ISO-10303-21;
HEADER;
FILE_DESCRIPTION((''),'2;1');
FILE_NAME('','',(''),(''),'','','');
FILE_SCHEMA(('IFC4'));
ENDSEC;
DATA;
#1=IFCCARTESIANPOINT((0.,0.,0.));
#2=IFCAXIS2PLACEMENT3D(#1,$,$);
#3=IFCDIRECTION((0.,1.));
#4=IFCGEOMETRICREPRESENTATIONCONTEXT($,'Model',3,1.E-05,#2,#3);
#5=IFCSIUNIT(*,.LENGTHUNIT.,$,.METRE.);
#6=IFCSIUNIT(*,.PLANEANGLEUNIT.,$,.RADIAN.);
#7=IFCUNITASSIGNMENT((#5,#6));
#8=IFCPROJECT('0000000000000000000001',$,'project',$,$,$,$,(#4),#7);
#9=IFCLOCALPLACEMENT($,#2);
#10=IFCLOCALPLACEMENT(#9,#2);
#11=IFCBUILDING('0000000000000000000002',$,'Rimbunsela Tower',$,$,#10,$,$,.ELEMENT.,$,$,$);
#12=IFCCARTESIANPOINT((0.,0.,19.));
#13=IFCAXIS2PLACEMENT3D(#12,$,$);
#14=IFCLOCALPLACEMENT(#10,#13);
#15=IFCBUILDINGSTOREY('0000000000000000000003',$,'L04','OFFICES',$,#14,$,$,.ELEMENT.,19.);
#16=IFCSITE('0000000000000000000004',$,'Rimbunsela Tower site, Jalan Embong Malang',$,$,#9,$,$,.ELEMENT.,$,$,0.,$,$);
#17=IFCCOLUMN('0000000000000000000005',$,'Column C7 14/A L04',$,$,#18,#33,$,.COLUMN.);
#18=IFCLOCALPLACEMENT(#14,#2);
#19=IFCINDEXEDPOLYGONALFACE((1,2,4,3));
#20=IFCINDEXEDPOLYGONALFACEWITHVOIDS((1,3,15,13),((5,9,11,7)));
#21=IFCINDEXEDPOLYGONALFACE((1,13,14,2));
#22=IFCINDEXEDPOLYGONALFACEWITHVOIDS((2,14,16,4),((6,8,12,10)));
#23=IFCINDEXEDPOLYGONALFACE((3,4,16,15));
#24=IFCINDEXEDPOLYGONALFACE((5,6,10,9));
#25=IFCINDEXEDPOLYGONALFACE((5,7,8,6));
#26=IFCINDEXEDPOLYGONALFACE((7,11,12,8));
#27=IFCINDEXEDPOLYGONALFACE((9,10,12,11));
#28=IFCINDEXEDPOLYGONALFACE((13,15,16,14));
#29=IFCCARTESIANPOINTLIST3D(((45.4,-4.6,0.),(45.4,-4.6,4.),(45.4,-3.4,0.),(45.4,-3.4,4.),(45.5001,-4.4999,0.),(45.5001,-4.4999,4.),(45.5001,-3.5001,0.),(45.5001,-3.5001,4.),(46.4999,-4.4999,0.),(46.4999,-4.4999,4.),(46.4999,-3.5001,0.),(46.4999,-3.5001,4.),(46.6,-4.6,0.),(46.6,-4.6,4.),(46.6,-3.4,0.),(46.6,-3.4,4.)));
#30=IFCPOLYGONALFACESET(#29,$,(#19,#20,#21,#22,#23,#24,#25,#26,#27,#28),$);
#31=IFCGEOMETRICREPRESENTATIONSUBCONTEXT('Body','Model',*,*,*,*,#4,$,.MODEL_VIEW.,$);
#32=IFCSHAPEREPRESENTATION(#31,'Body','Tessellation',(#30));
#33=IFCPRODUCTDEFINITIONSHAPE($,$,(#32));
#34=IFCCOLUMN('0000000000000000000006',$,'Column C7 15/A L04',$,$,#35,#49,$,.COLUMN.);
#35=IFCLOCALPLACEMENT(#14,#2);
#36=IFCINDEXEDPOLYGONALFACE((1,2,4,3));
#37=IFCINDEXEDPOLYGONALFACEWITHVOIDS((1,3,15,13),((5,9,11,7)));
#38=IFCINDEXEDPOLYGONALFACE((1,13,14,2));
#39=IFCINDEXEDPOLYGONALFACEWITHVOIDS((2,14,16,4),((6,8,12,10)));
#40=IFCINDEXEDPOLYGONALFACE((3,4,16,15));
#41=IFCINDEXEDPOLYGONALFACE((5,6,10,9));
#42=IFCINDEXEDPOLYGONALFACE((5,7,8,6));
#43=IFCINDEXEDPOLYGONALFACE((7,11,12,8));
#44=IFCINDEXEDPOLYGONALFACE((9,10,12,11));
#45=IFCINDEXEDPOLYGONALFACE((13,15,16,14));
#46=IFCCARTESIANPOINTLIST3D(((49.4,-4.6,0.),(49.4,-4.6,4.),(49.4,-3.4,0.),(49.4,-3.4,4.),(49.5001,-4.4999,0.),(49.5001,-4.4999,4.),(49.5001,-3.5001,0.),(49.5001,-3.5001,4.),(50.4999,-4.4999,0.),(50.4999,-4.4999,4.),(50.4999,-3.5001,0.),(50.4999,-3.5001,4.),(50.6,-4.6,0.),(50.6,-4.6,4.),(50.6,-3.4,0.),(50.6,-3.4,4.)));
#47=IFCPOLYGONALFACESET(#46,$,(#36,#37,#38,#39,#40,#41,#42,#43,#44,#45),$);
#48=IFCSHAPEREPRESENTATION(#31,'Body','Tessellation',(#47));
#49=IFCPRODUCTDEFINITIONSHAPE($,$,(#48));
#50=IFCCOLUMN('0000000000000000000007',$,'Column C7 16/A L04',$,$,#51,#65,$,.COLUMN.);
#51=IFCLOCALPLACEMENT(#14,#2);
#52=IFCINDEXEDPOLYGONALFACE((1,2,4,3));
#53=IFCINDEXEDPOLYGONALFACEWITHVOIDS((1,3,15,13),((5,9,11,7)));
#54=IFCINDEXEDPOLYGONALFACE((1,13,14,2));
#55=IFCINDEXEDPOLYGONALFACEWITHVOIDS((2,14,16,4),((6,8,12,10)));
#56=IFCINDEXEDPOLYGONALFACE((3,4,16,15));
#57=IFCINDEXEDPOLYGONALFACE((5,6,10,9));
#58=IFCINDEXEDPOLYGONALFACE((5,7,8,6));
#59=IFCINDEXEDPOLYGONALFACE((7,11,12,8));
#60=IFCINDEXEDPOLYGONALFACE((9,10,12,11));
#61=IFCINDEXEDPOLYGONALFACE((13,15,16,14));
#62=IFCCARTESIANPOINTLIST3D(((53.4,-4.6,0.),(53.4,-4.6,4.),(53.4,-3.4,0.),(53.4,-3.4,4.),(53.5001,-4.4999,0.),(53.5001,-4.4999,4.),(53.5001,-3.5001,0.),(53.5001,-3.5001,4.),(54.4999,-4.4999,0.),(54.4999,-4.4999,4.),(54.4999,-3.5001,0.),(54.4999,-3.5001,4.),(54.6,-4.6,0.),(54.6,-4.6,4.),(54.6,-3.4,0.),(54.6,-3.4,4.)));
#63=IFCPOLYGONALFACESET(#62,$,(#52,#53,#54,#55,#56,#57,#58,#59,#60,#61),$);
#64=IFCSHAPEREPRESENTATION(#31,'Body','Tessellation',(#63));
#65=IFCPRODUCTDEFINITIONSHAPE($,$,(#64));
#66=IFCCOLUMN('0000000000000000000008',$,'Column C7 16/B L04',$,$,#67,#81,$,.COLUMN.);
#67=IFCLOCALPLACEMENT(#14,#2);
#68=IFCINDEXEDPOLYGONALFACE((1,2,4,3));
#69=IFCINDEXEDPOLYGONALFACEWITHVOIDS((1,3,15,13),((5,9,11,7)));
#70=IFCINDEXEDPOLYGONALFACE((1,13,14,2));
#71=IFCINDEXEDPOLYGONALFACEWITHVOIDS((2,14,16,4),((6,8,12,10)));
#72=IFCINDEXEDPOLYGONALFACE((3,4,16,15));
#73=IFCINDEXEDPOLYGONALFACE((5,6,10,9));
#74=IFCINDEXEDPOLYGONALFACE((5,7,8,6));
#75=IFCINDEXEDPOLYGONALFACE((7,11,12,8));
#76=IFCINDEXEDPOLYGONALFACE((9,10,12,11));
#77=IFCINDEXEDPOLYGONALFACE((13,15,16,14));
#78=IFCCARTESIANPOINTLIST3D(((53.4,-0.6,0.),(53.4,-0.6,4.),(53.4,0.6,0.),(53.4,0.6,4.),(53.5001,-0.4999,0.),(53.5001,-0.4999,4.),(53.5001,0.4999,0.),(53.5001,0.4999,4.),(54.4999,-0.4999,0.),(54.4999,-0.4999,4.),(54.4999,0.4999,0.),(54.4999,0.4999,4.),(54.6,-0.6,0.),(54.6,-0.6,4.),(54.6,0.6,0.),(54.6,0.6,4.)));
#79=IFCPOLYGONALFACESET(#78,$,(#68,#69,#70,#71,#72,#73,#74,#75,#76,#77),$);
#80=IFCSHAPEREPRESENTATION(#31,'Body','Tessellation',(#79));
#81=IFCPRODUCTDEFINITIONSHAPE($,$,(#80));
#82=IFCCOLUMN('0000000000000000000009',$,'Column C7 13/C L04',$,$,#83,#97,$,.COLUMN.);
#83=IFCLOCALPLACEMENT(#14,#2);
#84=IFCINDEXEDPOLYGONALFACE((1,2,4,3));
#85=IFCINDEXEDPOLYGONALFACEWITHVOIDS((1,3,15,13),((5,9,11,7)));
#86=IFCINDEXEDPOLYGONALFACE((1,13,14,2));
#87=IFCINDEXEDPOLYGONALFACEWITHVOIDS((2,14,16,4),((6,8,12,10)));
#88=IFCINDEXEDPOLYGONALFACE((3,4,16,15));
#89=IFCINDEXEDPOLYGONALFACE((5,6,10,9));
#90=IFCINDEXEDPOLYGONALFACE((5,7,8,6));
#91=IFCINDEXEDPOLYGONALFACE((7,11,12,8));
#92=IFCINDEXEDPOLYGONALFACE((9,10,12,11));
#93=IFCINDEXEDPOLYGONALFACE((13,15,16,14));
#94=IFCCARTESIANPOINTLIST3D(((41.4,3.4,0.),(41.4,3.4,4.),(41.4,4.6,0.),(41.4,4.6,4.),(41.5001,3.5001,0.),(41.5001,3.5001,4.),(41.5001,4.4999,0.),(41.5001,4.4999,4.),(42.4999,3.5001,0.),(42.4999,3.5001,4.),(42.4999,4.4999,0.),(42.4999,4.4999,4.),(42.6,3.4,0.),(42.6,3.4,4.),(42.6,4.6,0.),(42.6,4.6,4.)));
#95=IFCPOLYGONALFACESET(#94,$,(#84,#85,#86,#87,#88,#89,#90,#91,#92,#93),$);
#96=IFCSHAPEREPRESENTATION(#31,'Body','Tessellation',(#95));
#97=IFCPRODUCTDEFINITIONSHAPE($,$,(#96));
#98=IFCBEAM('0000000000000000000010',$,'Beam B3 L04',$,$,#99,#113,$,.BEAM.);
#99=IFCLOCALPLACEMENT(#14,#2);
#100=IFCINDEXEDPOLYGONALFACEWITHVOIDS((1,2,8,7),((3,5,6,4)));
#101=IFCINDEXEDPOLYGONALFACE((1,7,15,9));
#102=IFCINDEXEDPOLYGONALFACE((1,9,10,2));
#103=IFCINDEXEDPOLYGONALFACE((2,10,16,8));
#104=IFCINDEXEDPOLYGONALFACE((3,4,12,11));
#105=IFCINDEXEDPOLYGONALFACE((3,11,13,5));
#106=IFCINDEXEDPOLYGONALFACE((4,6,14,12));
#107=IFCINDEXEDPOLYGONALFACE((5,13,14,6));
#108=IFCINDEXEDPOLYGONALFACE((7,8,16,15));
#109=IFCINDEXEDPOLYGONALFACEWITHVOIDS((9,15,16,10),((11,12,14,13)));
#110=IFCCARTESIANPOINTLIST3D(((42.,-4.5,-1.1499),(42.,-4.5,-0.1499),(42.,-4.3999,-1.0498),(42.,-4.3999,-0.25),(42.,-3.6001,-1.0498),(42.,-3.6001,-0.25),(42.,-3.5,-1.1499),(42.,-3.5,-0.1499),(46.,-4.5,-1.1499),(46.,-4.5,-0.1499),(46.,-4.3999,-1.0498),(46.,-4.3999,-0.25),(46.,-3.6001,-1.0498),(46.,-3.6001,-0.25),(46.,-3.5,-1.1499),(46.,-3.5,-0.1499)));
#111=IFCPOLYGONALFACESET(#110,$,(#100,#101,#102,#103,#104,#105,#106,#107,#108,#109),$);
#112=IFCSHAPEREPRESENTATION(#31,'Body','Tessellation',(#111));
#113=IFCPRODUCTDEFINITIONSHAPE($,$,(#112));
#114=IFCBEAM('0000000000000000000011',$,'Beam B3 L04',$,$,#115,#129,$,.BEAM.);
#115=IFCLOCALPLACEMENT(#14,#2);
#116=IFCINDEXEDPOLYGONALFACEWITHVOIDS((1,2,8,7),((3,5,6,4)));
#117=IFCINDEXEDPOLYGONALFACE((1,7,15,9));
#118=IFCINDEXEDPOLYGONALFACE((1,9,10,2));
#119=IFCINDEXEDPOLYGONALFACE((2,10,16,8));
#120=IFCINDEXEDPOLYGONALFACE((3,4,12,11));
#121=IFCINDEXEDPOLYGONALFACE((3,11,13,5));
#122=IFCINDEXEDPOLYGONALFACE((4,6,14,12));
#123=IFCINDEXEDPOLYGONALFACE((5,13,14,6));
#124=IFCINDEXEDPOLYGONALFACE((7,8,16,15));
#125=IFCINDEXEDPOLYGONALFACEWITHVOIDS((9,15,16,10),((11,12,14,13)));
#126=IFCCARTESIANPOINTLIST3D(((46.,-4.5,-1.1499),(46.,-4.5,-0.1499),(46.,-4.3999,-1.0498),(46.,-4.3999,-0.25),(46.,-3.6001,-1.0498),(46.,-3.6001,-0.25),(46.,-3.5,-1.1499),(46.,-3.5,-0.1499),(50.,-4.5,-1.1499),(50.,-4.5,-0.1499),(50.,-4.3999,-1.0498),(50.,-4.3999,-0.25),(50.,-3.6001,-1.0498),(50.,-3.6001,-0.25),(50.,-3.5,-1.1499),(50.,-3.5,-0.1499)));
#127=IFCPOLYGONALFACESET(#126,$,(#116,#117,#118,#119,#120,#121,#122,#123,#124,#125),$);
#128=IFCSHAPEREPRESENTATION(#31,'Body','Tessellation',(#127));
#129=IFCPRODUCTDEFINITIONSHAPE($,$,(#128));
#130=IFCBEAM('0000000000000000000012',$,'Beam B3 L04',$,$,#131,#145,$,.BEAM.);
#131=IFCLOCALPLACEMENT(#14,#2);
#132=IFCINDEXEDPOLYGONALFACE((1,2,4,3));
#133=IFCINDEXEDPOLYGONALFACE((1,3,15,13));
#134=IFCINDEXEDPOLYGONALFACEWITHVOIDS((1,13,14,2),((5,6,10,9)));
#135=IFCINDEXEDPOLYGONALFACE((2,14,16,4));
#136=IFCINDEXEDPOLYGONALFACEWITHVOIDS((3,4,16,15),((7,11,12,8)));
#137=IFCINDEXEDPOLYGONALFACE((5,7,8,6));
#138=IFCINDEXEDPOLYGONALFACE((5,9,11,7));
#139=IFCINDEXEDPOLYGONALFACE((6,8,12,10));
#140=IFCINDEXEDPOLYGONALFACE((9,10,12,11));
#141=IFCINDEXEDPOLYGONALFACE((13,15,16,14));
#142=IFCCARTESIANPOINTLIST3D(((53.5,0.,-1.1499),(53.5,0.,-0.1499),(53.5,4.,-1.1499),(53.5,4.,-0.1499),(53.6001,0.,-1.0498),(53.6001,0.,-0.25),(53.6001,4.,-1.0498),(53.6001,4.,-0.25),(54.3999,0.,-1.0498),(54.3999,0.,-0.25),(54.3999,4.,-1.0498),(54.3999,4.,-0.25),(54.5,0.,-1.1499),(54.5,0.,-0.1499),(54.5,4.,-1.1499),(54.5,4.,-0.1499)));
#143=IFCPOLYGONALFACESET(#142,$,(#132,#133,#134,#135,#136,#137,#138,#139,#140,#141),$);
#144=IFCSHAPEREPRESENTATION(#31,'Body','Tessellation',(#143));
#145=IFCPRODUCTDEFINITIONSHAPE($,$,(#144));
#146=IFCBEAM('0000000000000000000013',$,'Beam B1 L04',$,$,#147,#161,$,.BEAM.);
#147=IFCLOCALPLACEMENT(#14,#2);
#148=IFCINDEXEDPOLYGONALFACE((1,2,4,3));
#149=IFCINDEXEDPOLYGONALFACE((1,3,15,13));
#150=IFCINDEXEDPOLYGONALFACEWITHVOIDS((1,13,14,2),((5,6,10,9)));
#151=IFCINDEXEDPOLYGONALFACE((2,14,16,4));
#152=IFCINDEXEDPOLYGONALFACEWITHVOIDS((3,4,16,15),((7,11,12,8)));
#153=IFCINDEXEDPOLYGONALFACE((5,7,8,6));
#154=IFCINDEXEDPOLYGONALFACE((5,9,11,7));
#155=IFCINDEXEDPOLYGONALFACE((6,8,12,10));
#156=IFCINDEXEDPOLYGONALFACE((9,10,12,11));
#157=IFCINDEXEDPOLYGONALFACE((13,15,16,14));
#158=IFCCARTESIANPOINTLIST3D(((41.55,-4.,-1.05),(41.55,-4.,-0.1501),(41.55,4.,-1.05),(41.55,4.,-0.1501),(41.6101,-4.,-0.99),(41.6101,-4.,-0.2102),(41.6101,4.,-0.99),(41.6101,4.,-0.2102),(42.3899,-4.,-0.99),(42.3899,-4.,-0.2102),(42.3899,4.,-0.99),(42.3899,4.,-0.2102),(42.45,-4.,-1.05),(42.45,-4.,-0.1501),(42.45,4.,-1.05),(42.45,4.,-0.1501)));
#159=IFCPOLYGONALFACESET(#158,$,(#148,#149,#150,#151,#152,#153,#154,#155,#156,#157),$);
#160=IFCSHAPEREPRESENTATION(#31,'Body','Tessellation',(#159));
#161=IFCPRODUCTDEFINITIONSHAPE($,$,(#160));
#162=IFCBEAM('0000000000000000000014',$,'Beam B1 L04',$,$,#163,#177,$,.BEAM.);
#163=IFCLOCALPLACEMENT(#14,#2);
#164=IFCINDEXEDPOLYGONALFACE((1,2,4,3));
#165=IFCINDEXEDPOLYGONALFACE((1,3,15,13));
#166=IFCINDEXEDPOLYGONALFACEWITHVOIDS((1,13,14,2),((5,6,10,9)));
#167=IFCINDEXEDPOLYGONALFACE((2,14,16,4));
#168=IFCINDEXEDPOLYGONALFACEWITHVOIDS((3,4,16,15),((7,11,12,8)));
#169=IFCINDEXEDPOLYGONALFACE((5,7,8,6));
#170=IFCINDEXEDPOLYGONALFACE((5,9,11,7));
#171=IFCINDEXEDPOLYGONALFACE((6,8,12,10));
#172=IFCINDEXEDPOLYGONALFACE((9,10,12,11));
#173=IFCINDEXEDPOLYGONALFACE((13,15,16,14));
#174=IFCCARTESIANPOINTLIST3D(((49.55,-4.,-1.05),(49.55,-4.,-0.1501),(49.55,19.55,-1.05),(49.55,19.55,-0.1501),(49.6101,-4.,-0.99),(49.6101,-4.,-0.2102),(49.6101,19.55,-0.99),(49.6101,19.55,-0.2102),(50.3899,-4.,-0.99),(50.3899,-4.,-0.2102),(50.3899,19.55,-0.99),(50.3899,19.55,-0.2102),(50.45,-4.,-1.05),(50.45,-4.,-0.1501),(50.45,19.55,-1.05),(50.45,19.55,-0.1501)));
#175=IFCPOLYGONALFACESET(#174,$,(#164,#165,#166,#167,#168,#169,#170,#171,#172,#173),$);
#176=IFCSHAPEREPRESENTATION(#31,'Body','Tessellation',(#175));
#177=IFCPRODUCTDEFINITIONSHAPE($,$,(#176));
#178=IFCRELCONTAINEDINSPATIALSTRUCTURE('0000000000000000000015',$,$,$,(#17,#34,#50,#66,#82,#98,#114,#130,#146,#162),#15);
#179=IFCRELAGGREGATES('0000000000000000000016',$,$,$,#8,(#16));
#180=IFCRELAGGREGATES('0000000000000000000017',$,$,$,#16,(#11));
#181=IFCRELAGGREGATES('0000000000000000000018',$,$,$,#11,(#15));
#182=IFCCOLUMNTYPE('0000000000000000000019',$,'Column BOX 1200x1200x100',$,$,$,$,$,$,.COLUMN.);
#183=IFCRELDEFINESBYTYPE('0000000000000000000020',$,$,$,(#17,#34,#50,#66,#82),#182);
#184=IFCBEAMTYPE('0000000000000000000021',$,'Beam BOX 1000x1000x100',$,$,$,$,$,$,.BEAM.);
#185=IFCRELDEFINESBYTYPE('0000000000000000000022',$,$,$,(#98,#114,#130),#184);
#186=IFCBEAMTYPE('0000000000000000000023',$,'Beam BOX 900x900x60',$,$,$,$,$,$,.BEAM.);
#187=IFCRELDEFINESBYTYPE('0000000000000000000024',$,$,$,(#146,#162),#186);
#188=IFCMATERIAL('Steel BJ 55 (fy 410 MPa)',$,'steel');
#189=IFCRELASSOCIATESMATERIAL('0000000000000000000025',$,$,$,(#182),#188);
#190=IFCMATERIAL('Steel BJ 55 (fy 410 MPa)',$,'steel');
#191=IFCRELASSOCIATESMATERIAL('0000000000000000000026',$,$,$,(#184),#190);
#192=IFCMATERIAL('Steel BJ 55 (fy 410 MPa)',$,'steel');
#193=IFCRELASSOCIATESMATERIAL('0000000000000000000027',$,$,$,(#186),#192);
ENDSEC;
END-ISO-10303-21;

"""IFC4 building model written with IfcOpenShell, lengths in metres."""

from ifc_helpers import new_model, si_unit, direction, frame, origin, origin_2d, place, context, subcontext, project, spatial, hollow_rectangle, extrude, material, material_profile, profile_set, type_object, element, save


model = new_model("IFC4")

# Units and contexts
model_context = context("Model", 3, precision=1e-05, world=origin(), true_north=direction((0.0, 1.0)))
body_context = subcontext(model_context, "Body", "Model", "MODEL_VIEW")
ifc_project = project(units=[si_unit("LENGTHUNIT", "METRE"), si_unit("PLANEANGLEUNIT", "RADIAN")], contexts=[model_context])

# Site, building, storey
site_placement = place(None, origin())
site = spatial("IfcSite", under=ifc_project, at=site_placement, Name="Rimbunsela Tower site, Jalan Embong Malang", CompositionType="ELEMENT", RefElevation=0.0)
building_placement = place(site_placement, origin())
building = spatial("IfcBuilding", under=site, at=building_placement, Name="Rimbunsela Tower", CompositionType="ELEMENT")
storey_placement = place(building_placement, frame((0.0, 0.0, 19.0)))
storey = spatial("IfcBuildingStorey", under=building, at=storey_placement, Name="L04", Description="OFFICES", CompositionType="ELEMENT", Elevation=19.0)

# Columns
ifc_material_1 = material(Name="Steel BJ 55 (fy 410 MPa)", Category="steel")
ifc_material_profile_1 = material_profile(ifc_material_1, hollow_rectangle(XDim=1.2, YDim=1.2, WallThickness=0.1001, at=origin_2d()), Name="BOX 1200x1200x100")
ifc_profile_set_1 = profile_set([ifc_material_profile_1], Name="Steel BJ 55 (fy 410 MPa)")
column_type = type_object("IfcColumnType", Name="Column BOX 1200x1200x100", PredefinedType="COLUMN", material=ifc_profile_set_1)
for number, where, z_axis, x_axis, name in (
    (1, (46.0, -4.0, 0.0), (0.0, 0.0, 1.0), (1.0, 0.0, 0.0), "Column C7 14/A L04"),
    (2, (50.0, -4.0, 0.0), (0.0, 0.0, 1.0), (1.0, 0.0, 0.0), "Column C7 15/A L04"),
    (3, (54.0, -4.0, 0.0), (0.0, 0.0, 1.0), (1.0, 0.0, 0.0), "Column C7 16/A L04"),
    (4, (54.0, 0.0, 0.0), (0.0, 0.0, 1.0), (1.0, 0.0, 0.0), "Column C7 16/B L04"),
    (5, (42.0, 4.0, 0.0), (0.0, 0.0, 1.0), (1.0, 0.0, 0.0), "Column C7 13/C L04"),
):
    element("IfcColumn", number, at=place(storey_placement, frame(where, z_axis=z_axis, x_axis=x_axis)), inside=storey, type_object=column_type, Name=name, PredefinedType="COLUMN", context=body_context, shape_type="SweptSolid", body=[
        extrude(hollow_rectangle(XDim=1.2, YDim=1.2, WallThickness=0.1001, at=origin_2d()), origin(), (0.0, 0.0, 1.0), 4.0),
    ])

# Beams
ifc_material_2 = material(Name="Steel BJ 55 (fy 410 MPa)", Category="steel")
ifc_material_profile_2 = material_profile(ifc_material_2, hollow_rectangle(XDim=1.0, YDim=1.0, WallThickness=0.1001, at=origin_2d()), Name="BOX 1000x1000x100")
ifc_profile_set_2 = profile_set([ifc_material_profile_2], Name="Steel BJ 55 (fy 410 MPa)")
beam_type_1 = type_object("IfcBeamType", Name="Beam BOX 1000x1000x100", PredefinedType="BEAM", material=ifc_profile_set_2)
for number, where, z_axis, x_axis, name in (
    (6, (42.0, -4.0, -0.6499), (1.0, 0.0, 0.0), (0.0, 1.0, 0.0), "Beam B3 L04"),
    (7, (46.0, -4.0, -0.6499), (1.0, 0.0, 0.0), (0.0, 1.0, 0.0), "Beam B3 L04"),
    (8, (54.0, 0.0, -0.6499), (0.0, 1.0, 0.0), (-1.0, 0.0, 0.0), "Beam B3 L04"),
):
    element("IfcBeam", number, at=place(storey_placement, frame(where, z_axis=z_axis, x_axis=x_axis)), inside=storey, type_object=beam_type_1, Name=name, PredefinedType="BEAM", context=body_context, shape_type="SweptSolid", body=[
        extrude(hollow_rectangle(XDim=1.0, YDim=1.0, WallThickness=0.1001, at=origin_2d()), origin(), (0.0, 0.0, 1.0), 4.0),
    ])
ifc_material_3 = material(Name="Steel BJ 55 (fy 410 MPa)", Category="steel")
ifc_material_profile_3 = material_profile(ifc_material_3, hollow_rectangle(XDim=0.8999, YDim=0.8999, WallThickness=0.0601, at=origin_2d()), Name="BOX 900x900x60")
ifc_profile_set_3 = profile_set([ifc_material_profile_3], Name="Steel BJ 55 (fy 410 MPa)")
beam_type_2 = type_object("IfcBeamType", Name="Beam BOX 900x900x60", PredefinedType="BEAM", material=ifc_profile_set_3)
beam_1_placement = place(storey_placement, frame((42.0, -4.0, -0.6001), z_axis=(0.0, 1.0, 0.0), x_axis=(-1.0, 0.0, 0.0)))
element("IfcBeam", 9, at=beam_1_placement, inside=storey, type_object=beam_type_2, Name="Beam B1 L04", PredefinedType="BEAM", context=body_context, shape_type="SweptSolid", body=[
    extrude(hollow_rectangle(XDim=0.8999, YDim=0.8999, WallThickness=0.0601, at=origin_2d()), origin(), (0.0, 0.0, 1.0), 8.0),
])
beam_2_placement = place(storey_placement, frame((50.0, -4.0, -0.6001), z_axis=(0.0, 1.0, 0.0), x_axis=(-1.0, 0.0, 0.0)))
element("IfcBeam", 10, at=beam_2_placement, inside=storey, type_object=beam_type_2, Name="Beam B1 L04", PredefinedType="BEAM", context=body_context, shape_type="SweptSolid", body=[
    extrude(hollow_rectangle(XDim=0.8999, YDim=0.8999, WallThickness=0.0601, at=origin_2d()), origin(), (0.0, 0.0, 1.0), 23.55),
])

save(model, "model.ifc")
